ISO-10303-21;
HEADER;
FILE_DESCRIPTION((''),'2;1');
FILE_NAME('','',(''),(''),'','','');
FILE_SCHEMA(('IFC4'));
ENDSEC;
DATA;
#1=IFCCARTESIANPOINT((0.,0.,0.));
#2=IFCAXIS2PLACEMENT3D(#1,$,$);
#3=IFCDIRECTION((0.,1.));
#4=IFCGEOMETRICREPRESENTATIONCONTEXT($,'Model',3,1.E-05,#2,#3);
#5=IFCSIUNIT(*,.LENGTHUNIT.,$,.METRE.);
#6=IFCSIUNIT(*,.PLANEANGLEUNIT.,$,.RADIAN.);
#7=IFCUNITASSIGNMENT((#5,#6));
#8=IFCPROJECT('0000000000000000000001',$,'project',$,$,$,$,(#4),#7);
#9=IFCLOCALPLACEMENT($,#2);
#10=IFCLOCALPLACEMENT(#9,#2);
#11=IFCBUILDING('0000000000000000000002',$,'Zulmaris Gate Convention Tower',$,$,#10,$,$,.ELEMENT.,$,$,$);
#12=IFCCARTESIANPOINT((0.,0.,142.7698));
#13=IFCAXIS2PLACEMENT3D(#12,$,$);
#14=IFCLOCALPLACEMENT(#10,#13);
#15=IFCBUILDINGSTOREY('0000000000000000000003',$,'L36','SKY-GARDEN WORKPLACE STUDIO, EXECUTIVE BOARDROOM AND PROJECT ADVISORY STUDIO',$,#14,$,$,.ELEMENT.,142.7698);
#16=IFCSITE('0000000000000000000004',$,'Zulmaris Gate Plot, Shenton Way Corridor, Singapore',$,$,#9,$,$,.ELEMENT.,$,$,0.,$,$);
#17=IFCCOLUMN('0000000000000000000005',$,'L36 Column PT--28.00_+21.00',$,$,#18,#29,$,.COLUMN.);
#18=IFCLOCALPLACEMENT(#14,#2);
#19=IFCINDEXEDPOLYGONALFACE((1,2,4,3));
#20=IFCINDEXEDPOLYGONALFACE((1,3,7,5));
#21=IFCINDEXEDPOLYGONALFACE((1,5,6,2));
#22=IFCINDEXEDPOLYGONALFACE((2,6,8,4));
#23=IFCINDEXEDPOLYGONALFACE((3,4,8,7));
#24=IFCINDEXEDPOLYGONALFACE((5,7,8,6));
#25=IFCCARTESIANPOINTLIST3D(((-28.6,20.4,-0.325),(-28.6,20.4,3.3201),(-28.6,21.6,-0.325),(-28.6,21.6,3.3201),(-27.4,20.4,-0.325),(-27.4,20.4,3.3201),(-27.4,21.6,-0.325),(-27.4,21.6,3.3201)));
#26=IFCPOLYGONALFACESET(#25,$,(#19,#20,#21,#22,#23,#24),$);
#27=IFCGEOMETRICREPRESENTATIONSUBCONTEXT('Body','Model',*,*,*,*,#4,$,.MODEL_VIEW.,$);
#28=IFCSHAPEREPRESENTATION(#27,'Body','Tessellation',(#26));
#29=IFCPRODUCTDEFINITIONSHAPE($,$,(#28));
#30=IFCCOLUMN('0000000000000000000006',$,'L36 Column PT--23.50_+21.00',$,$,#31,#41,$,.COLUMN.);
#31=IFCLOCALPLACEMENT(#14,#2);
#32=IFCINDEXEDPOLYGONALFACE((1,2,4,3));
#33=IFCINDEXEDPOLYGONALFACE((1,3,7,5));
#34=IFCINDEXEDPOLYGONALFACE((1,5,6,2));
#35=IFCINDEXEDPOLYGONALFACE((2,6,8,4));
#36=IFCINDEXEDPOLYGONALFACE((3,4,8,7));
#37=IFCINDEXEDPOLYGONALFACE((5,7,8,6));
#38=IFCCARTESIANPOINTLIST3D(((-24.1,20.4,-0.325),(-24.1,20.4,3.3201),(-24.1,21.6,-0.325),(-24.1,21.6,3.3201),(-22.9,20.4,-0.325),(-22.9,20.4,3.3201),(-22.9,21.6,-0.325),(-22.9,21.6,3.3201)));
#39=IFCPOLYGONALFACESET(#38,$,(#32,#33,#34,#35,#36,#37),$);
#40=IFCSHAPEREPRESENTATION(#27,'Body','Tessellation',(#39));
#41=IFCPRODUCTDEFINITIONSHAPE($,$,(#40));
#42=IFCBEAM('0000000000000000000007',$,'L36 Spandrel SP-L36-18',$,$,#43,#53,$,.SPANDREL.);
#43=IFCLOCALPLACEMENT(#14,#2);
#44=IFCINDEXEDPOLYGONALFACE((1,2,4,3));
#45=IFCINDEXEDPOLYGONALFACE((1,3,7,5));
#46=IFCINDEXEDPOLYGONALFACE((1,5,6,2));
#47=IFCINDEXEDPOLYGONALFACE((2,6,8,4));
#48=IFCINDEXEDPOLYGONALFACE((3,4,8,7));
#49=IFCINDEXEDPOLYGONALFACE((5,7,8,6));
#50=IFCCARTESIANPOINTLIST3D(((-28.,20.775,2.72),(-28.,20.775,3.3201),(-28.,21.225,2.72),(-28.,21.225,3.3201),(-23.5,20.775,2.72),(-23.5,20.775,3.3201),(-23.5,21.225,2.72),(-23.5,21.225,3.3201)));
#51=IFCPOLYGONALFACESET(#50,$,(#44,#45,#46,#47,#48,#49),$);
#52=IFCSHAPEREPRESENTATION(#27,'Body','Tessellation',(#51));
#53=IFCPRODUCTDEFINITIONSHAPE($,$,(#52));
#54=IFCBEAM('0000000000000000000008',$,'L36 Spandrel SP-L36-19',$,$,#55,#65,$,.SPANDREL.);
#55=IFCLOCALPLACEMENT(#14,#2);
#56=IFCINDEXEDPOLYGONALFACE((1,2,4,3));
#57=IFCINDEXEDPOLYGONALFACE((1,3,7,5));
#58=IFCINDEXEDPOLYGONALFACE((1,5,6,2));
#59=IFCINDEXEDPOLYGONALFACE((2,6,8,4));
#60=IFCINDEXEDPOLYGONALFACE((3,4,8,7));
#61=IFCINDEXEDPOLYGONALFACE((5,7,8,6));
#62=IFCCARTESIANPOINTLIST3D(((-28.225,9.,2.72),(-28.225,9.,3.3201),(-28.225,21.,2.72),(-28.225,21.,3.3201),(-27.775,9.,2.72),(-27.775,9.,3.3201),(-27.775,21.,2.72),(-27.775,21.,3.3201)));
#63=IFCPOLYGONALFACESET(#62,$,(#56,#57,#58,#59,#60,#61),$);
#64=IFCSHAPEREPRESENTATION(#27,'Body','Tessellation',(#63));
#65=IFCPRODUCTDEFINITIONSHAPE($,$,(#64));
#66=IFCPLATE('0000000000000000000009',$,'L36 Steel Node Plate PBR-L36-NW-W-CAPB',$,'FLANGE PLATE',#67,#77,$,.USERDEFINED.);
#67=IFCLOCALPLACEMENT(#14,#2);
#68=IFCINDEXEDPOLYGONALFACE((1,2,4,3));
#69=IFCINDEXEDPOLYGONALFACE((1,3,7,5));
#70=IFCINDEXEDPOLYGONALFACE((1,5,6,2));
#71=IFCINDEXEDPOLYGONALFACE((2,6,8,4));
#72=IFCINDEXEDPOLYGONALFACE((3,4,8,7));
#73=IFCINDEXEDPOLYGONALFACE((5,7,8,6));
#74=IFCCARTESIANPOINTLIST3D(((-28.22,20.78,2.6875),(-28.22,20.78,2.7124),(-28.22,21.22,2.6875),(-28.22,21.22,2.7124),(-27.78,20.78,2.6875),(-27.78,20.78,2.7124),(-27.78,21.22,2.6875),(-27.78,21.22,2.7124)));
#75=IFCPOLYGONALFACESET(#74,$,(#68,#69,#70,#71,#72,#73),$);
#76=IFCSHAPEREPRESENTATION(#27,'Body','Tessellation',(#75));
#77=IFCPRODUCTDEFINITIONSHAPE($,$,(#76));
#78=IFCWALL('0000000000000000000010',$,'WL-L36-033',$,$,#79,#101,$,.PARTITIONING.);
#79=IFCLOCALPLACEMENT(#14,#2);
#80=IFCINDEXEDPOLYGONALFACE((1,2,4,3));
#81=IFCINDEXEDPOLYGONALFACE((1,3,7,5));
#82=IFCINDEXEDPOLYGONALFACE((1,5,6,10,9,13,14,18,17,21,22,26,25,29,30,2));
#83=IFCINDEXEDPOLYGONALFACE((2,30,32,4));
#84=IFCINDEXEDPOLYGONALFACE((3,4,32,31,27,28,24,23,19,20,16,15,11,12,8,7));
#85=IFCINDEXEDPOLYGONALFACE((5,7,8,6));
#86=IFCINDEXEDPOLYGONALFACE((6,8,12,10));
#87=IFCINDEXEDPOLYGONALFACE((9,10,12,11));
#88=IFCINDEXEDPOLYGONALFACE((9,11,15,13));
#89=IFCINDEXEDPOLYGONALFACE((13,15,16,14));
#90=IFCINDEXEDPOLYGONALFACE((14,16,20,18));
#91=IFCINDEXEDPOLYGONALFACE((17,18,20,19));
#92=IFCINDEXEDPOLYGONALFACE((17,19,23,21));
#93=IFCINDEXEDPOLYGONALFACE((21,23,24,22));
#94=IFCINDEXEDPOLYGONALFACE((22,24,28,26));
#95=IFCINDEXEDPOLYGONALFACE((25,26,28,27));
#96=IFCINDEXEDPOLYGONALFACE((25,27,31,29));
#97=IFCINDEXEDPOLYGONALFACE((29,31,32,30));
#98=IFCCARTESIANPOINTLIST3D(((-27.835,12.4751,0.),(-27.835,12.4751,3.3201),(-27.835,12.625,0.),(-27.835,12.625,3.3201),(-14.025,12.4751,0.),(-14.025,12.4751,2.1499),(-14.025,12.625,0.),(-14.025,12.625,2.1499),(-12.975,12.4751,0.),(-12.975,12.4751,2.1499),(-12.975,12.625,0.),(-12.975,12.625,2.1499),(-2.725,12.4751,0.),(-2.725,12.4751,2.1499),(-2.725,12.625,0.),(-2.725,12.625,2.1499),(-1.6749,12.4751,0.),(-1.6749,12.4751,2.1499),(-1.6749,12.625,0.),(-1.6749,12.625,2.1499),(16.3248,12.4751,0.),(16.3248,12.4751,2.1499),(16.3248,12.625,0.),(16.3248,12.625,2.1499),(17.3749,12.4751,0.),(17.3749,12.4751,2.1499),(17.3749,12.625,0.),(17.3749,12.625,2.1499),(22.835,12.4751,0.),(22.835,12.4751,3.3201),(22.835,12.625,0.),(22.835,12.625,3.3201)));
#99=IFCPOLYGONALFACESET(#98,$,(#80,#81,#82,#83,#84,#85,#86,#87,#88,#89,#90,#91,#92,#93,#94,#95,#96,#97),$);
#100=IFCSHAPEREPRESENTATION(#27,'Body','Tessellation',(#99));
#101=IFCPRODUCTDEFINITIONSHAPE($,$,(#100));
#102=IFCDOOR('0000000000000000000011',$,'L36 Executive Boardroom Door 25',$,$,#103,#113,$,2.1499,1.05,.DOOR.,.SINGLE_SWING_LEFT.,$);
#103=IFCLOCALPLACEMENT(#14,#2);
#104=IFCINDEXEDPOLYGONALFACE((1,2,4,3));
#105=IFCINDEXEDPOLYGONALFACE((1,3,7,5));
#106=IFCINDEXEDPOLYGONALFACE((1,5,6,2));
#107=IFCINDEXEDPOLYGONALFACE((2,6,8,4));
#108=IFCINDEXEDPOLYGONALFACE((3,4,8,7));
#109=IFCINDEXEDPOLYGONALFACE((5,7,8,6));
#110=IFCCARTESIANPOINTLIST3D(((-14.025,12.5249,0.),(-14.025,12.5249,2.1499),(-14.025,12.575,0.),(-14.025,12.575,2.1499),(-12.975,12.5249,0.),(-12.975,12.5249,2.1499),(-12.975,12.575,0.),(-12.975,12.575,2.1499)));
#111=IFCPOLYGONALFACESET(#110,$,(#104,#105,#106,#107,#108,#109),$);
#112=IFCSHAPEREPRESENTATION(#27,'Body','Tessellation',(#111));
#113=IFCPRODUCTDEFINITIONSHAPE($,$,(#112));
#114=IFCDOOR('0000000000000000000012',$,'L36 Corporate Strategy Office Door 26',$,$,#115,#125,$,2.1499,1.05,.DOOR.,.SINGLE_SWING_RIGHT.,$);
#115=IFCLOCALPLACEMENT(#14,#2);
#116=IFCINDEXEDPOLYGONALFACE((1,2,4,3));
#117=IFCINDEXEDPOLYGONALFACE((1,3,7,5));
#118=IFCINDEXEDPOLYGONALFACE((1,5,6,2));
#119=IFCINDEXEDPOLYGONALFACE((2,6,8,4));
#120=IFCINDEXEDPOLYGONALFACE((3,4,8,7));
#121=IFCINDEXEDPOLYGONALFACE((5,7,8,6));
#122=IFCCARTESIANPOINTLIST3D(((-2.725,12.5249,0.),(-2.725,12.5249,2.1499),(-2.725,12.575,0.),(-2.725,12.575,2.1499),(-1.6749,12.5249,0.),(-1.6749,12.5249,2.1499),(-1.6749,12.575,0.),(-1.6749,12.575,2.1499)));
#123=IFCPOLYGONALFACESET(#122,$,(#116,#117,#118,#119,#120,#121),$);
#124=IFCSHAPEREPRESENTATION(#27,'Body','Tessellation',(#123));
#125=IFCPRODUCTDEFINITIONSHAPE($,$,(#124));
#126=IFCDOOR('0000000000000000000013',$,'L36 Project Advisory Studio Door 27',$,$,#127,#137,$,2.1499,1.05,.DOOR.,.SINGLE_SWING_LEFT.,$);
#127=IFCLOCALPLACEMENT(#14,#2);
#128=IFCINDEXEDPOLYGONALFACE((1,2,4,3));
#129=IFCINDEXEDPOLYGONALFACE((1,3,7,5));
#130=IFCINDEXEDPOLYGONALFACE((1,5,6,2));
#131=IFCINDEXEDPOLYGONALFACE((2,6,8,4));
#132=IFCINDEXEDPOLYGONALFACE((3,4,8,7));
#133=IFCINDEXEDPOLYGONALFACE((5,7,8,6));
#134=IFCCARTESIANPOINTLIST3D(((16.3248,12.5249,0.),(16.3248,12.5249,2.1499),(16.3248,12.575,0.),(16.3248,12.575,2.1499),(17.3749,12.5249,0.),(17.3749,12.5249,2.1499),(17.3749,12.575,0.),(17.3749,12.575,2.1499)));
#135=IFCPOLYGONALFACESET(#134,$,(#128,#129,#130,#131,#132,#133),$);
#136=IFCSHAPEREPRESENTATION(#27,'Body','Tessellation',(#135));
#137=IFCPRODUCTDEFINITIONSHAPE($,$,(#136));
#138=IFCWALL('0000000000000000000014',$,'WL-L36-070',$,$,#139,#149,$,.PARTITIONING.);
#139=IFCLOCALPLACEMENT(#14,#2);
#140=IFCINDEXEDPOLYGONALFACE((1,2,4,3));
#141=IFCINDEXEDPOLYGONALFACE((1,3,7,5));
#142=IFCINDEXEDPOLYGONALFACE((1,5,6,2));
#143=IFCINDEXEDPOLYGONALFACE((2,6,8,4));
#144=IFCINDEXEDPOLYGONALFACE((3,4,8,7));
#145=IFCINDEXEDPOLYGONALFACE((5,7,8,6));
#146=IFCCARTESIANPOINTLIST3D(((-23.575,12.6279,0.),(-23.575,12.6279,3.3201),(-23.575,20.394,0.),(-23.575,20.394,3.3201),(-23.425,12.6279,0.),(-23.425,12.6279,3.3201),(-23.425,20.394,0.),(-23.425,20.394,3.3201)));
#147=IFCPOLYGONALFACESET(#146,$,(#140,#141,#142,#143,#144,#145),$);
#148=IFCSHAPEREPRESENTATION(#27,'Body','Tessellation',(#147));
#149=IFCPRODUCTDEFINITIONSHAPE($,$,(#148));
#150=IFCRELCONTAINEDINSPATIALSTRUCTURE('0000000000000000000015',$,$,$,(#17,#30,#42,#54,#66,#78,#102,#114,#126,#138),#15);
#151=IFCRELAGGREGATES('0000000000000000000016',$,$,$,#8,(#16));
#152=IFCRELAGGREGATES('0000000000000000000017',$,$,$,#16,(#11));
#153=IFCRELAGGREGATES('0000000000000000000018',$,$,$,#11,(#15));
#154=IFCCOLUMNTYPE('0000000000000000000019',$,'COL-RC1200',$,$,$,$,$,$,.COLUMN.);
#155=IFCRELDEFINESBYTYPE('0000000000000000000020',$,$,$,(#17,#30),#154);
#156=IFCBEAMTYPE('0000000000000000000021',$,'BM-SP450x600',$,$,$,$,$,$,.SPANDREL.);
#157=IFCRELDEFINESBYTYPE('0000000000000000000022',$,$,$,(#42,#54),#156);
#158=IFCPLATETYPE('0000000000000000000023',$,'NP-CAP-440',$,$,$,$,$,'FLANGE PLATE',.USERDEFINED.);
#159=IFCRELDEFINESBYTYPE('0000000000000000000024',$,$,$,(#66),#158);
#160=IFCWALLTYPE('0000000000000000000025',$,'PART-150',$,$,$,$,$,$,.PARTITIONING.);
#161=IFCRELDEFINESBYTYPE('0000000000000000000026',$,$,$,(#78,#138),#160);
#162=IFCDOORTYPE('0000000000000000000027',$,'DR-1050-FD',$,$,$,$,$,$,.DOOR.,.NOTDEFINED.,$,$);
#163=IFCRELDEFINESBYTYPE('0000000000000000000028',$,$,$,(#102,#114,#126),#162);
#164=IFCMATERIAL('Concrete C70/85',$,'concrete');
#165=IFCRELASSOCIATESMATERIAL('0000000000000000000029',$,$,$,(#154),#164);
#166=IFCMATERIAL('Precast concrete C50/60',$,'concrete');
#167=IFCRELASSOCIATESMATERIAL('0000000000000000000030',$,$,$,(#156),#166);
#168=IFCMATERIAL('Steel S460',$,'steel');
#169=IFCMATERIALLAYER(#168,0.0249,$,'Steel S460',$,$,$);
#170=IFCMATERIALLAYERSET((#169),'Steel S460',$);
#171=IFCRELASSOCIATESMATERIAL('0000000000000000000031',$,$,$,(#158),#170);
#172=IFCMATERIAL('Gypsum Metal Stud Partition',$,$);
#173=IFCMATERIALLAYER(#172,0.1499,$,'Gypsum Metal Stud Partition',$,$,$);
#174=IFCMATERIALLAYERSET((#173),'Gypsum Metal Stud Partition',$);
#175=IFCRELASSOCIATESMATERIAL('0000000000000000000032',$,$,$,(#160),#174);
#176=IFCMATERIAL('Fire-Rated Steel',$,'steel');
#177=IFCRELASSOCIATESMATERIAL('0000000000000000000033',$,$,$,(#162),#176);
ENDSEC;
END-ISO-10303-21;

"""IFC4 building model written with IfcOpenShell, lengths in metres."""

from ifc_helpers import new_model, si_unit, direction, frame, frame_2d, origin, origin_2d, place, context, subcontext, project, spatial, rectangle, extrude, material, layer, layer_set, material_profile, profile_set, type_object, element, fill, save


model = new_model("IFC4")

# Units and contexts
model_context = context("Model", 3, precision=1e-05, world=origin(), true_north=direction((0.0, 1.0)))
body_context = subcontext(model_context, "Body", "Model", "MODEL_VIEW")
ifc_project = project(units=[si_unit("LENGTHUNIT", "METRE"), si_unit("PLANEANGLEUNIT", "RADIAN")], contexts=[model_context])

# Site, building, storey
site_placement = place(None, origin())
site = spatial("IfcSite", under=ifc_project, at=site_placement, Name="Zulmaris Gate Plot, Shenton Way Corridor, Singapore", CompositionType="ELEMENT", RefElevation=0.0)
building_placement = place(site_placement, origin())
building = spatial("IfcBuilding", under=site, at=building_placement, Name="Zulmaris Gate Convention Tower", CompositionType="ELEMENT")
storey_placement = place(building_placement, frame((0.0, 0.0, 142.7698)))
storey = spatial("IfcBuildingStorey", under=building, at=storey_placement, Name="L36", Description="SKY-GARDEN WORKPLACE STUDIO, EXECUTIVE BOARDROOM AND PROJECT ADVISORY STUDIO", CompositionType="ELEMENT", Elevation=142.7698)

# Columns
ifc_material_1 = material(Name="Concrete C70/85", Category="concrete")
ifc_material_profile_1 = material_profile(ifc_material_1, rectangle(XDim=1.2, YDim=1.2, at=origin_2d()), Name="RC COL 1200x1200")
ifc_profile_set_1 = profile_set([ifc_material_profile_1], Name="Concrete C70/85")
column_type = type_object("IfcColumnType", Name="COL-RC1200", PredefinedType="COLUMN", material=ifc_profile_set_1)
for number, where, z_axis, x_axis, name in (
    (1, (-28.0, 21.0, -0.325), (0.0, 0.0, 1.0), (1.0, 0.0, 0.0), "L36 Column PT--28.00_+21.00"),
    (2, (-23.5, 21.0, -0.325), (0.0, 0.0, 1.0), (1.0, 0.0, 0.0), "L36 Column PT--23.50_+21.00"),
):
    element("IfcColumn", number, at=place(storey_placement, frame(where, z_axis=z_axis, x_axis=x_axis)), inside=storey, type_object=column_type, Name=name, PredefinedType="COLUMN", context=body_context, shape_type="SweptSolid", body=[
        extrude(rectangle(XDim=1.2, YDim=1.2, at=origin_2d()), origin(), (0.0, 0.0, 1.0), 3.645),
    ])

# Beams
ifc_material_2 = material(Name="Precast concrete C50/60", Category="concrete")
ifc_material_profile_2 = material_profile(ifc_material_2, rectangle(XDim=0.45, YDim=0.6001, at=origin_2d()), Name="RC SPANDREL 450x600")
ifc_profile_set_2 = profile_set([ifc_material_profile_2], Name="Precast concrete C50/60")
beam_type = type_object("IfcBeamType", Name="BM-SP450x600", PredefinedType="SPANDREL", material=ifc_profile_set_2)
beam_1_placement = place(storey_placement, frame((-23.5, 21.0, 3.02), z_axis=(-1.0, 0.0, 0.0), x_axis=(0.0, -1.0, 0.0)))
element("IfcBeam", 3, at=beam_1_placement, inside=storey, type_object=beam_type, Name="L36 Spandrel SP-L36-18", PredefinedType="SPANDREL", context=body_context, shape_type="SweptSolid", body=[
    extrude(rectangle(XDim=0.45, YDim=0.6001, at=origin_2d()), origin(), (0.0, 0.0, 1.0), 4.5),
])
beam_2_placement = place(storey_placement, frame((-28.0, 21.0, 3.02), z_axis=(0.0, -1.0, 0.0), x_axis=(1.0, 0.0, 0.0)))
element("IfcBeam", 4, at=beam_2_placement, inside=storey, type_object=beam_type, Name="L36 Spandrel SP-L36-19", PredefinedType="SPANDREL", context=body_context, shape_type="SweptSolid", body=[
    extrude(rectangle(XDim=0.45, YDim=0.6001, at=origin_2d()), origin(), (0.0, 0.0, 1.0), 12.0),
])

# Plate
ifc_material_3 = material(Name="Steel S460", Category="steel")
ifc_layer_1 = layer(ifc_material_3, 0.0249, Name="Steel S460")
ifc_layer_set_1 = layer_set([ifc_layer_1], Name="Steel S460")
plate_type = type_object("IfcPlateType", Name="NP-CAP-440", ElementType="FLANGE PLATE", PredefinedType="USERDEFINED", material=ifc_layer_set_1)
plate_placement = place(storey_placement, frame((-28.0, 21.0, 2.6875), z_axis=(0.0, 0.0, 1.0), x_axis=(1.0, 0.0, 0.0)))
element("IfcPlate", 5, at=plate_placement, inside=storey, type_object=plate_type, Name="L36 Steel Node Plate PBR-L36-NW-W-CAPB", ObjectType="FLANGE PLATE", PredefinedType="USERDEFINED", context=body_context, shape_type="SweptSolid", body=[
    extrude(rectangle(XDim=0.4399, YDim=0.4399, at=origin_2d()), origin(), (0.0, 0.0, 1.0), 0.0249),
])

# Wall, openings, doors
ifc_material_4 = material(Name="Gypsum Metal Stud Partition")
ifc_layer_2 = layer(ifc_material_4, 0.1499, Name="Gypsum Metal Stud Partition")
ifc_layer_set_2 = layer_set([ifc_layer_2], Name="Gypsum Metal Stud Partition")
wall_type_1 = type_object("IfcWallType", Name="PART-150", PredefinedType="PARTITIONING", material=ifc_layer_set_2)
wall_1_placement = place(storey_placement, frame((-27.835, 12.55, 0.0), z_axis=(0.0, 0.0, 1.0), x_axis=(1.0, 0.0, 0.0)))
wall_1 = element("IfcWall", 6, at=wall_1_placement, inside=storey, type_object=wall_type_1, Name="WL-L36-033", PredefinedType="PARTITIONING", context=body_context, shape_type="SweptSolid", body=[
    extrude(rectangle(XDim=50.6699, YDim=0.1499, at=frame_2d((25.335, 0.0))), origin(), (0.0, 0.0, 1.0), 3.3201),
])
opening_1_placement = place(wall_1_placement, frame((13.8101, 0.0, 0.0)))
opening_1 = element("IfcOpeningElement", 7, at=opening_1_placement, cuts=wall_1, PredefinedType="OPENING", context=body_context, shape_type="SweptSolid", body=[
    extrude(rectangle(XDim=1.05, YDim=2.1499, at=frame_2d((0.5249, 1.075))), frame((0.0, 0.085, 0.0), z_axis=(0.0, -1.0, 0.0), x_axis=(1.0, 0.0, 0.0)), (0.0, 0.0, 1.0), 0.1699),
])
opening_2_placement = place(wall_1_placement, frame((25.1101, 0.0, 0.0)))
opening_2 = element("IfcOpeningElement", 8, at=opening_2_placement, cuts=wall_1, PredefinedType="OPENING", context=body_context, shape_type="SweptSolid", body=[
    extrude(rectangle(XDim=1.05, YDim=2.1499, at=frame_2d((0.5249, 1.075))), frame((0.0, 0.085, 0.0), z_axis=(0.0, -1.0, 0.0), x_axis=(1.0, 0.0, 0.0)), (0.0, 0.0, 1.0), 0.1699),
])
opening_3_placement = place(wall_1_placement, frame((44.1599, 0.0, 0.0)))
opening_3 = element("IfcOpeningElement", 9, at=opening_3_placement, cuts=wall_1, PredefinedType="OPENING", context=body_context, shape_type="SweptSolid", body=[
    extrude(rectangle(XDim=1.05, YDim=2.1499, at=frame_2d((0.5249, 1.075))), frame((0.0, 0.085, 0.0), z_axis=(0.0, -1.0, 0.0), x_axis=(1.0, 0.0, 0.0)), (0.0, 0.0, 1.0), 0.1699),
])
ifc_material_5 = material(Name="Fire-Rated Steel", Category="steel")
door_type = type_object("IfcDoorType", Name="DR-1050-FD", OperationType="NOTDEFINED", PredefinedType="DOOR", material=ifc_material_5)
door_1_placement = place(opening_1_placement, origin())
door_1 = element("IfcDoor", 10, at=door_1_placement, inside=storey, type_object=door_type, Name="L36 Executive Boardroom Door 25", OperationType="SINGLE_SWING_LEFT", OverallHeight=2.1499, OverallWidth=1.05, PredefinedType="DOOR", context=body_context, shape_type="SweptSolid", body=[
    extrude(rectangle(XDim=1.05, YDim=2.1499, at=frame_2d((0.5249, 1.075))), frame((0.0, 0.0249, 0.0), z_axis=(0.0, -1.0, 0.0), x_axis=(1.0, 0.0, 0.0)), (0.0, 0.0, 1.0), 0.05),
])
fill(opening_1, door_1)
door_2_placement = place(opening_2_placement, origin())
door_2 = element("IfcDoor", 11, at=door_2_placement, inside=storey, type_object=door_type, Name="L36 Corporate Strategy Office Door 26", OperationType="SINGLE_SWING_RIGHT", OverallHeight=2.1499, OverallWidth=1.05, PredefinedType="DOOR", context=body_context, shape_type="SweptSolid", body=[
    extrude(rectangle(XDim=1.05, YDim=2.1499, at=frame_2d((0.5249, 1.075))), frame((0.0, 0.0249, 0.0), z_axis=(0.0, -1.0, 0.0), x_axis=(1.0, 0.0, 0.0)), (0.0, 0.0, 1.0), 0.05),
])
fill(opening_2, door_2)
door_3_placement = place(opening_3_placement, origin())
door_3 = element("IfcDoor", 12, at=door_3_placement, inside=storey, type_object=door_type, Name="L36 Project Advisory Studio Door 27", OperationType="SINGLE_SWING_LEFT", OverallHeight=2.1499, OverallWidth=1.05, PredefinedType="DOOR", context=body_context, shape_type="SweptSolid", body=[
    extrude(rectangle(XDim=1.05, YDim=2.1499, at=frame_2d((0.5249, 1.075))), frame((0.0, 0.0249, 0.0), z_axis=(0.0, -1.0, 0.0), x_axis=(1.0, 0.0, 0.0)), (0.0, 0.0, 1.0), 0.05),
])
fill(opening_3, door_3)

# Wall
wall_2_placement = place(storey_placement, frame((-23.5, 12.6279, 0.0), z_axis=(0.0, 0.0, 1.0), x_axis=(0.0, 1.0, 0.0)))
element("IfcWall", 13, at=wall_2_placement, inside=storey, type_object=wall_type_1, Name="WL-L36-070", PredefinedType="PARTITIONING", context=body_context, shape_type="SweptSolid", body=[
    extrude(rectangle(XDim=7.7661, YDim=0.1499, at=frame_2d((3.8831, 0.0))), origin(), (0.0, 0.0, 1.0), 3.3201),
])

save(model, "model.ifc")
